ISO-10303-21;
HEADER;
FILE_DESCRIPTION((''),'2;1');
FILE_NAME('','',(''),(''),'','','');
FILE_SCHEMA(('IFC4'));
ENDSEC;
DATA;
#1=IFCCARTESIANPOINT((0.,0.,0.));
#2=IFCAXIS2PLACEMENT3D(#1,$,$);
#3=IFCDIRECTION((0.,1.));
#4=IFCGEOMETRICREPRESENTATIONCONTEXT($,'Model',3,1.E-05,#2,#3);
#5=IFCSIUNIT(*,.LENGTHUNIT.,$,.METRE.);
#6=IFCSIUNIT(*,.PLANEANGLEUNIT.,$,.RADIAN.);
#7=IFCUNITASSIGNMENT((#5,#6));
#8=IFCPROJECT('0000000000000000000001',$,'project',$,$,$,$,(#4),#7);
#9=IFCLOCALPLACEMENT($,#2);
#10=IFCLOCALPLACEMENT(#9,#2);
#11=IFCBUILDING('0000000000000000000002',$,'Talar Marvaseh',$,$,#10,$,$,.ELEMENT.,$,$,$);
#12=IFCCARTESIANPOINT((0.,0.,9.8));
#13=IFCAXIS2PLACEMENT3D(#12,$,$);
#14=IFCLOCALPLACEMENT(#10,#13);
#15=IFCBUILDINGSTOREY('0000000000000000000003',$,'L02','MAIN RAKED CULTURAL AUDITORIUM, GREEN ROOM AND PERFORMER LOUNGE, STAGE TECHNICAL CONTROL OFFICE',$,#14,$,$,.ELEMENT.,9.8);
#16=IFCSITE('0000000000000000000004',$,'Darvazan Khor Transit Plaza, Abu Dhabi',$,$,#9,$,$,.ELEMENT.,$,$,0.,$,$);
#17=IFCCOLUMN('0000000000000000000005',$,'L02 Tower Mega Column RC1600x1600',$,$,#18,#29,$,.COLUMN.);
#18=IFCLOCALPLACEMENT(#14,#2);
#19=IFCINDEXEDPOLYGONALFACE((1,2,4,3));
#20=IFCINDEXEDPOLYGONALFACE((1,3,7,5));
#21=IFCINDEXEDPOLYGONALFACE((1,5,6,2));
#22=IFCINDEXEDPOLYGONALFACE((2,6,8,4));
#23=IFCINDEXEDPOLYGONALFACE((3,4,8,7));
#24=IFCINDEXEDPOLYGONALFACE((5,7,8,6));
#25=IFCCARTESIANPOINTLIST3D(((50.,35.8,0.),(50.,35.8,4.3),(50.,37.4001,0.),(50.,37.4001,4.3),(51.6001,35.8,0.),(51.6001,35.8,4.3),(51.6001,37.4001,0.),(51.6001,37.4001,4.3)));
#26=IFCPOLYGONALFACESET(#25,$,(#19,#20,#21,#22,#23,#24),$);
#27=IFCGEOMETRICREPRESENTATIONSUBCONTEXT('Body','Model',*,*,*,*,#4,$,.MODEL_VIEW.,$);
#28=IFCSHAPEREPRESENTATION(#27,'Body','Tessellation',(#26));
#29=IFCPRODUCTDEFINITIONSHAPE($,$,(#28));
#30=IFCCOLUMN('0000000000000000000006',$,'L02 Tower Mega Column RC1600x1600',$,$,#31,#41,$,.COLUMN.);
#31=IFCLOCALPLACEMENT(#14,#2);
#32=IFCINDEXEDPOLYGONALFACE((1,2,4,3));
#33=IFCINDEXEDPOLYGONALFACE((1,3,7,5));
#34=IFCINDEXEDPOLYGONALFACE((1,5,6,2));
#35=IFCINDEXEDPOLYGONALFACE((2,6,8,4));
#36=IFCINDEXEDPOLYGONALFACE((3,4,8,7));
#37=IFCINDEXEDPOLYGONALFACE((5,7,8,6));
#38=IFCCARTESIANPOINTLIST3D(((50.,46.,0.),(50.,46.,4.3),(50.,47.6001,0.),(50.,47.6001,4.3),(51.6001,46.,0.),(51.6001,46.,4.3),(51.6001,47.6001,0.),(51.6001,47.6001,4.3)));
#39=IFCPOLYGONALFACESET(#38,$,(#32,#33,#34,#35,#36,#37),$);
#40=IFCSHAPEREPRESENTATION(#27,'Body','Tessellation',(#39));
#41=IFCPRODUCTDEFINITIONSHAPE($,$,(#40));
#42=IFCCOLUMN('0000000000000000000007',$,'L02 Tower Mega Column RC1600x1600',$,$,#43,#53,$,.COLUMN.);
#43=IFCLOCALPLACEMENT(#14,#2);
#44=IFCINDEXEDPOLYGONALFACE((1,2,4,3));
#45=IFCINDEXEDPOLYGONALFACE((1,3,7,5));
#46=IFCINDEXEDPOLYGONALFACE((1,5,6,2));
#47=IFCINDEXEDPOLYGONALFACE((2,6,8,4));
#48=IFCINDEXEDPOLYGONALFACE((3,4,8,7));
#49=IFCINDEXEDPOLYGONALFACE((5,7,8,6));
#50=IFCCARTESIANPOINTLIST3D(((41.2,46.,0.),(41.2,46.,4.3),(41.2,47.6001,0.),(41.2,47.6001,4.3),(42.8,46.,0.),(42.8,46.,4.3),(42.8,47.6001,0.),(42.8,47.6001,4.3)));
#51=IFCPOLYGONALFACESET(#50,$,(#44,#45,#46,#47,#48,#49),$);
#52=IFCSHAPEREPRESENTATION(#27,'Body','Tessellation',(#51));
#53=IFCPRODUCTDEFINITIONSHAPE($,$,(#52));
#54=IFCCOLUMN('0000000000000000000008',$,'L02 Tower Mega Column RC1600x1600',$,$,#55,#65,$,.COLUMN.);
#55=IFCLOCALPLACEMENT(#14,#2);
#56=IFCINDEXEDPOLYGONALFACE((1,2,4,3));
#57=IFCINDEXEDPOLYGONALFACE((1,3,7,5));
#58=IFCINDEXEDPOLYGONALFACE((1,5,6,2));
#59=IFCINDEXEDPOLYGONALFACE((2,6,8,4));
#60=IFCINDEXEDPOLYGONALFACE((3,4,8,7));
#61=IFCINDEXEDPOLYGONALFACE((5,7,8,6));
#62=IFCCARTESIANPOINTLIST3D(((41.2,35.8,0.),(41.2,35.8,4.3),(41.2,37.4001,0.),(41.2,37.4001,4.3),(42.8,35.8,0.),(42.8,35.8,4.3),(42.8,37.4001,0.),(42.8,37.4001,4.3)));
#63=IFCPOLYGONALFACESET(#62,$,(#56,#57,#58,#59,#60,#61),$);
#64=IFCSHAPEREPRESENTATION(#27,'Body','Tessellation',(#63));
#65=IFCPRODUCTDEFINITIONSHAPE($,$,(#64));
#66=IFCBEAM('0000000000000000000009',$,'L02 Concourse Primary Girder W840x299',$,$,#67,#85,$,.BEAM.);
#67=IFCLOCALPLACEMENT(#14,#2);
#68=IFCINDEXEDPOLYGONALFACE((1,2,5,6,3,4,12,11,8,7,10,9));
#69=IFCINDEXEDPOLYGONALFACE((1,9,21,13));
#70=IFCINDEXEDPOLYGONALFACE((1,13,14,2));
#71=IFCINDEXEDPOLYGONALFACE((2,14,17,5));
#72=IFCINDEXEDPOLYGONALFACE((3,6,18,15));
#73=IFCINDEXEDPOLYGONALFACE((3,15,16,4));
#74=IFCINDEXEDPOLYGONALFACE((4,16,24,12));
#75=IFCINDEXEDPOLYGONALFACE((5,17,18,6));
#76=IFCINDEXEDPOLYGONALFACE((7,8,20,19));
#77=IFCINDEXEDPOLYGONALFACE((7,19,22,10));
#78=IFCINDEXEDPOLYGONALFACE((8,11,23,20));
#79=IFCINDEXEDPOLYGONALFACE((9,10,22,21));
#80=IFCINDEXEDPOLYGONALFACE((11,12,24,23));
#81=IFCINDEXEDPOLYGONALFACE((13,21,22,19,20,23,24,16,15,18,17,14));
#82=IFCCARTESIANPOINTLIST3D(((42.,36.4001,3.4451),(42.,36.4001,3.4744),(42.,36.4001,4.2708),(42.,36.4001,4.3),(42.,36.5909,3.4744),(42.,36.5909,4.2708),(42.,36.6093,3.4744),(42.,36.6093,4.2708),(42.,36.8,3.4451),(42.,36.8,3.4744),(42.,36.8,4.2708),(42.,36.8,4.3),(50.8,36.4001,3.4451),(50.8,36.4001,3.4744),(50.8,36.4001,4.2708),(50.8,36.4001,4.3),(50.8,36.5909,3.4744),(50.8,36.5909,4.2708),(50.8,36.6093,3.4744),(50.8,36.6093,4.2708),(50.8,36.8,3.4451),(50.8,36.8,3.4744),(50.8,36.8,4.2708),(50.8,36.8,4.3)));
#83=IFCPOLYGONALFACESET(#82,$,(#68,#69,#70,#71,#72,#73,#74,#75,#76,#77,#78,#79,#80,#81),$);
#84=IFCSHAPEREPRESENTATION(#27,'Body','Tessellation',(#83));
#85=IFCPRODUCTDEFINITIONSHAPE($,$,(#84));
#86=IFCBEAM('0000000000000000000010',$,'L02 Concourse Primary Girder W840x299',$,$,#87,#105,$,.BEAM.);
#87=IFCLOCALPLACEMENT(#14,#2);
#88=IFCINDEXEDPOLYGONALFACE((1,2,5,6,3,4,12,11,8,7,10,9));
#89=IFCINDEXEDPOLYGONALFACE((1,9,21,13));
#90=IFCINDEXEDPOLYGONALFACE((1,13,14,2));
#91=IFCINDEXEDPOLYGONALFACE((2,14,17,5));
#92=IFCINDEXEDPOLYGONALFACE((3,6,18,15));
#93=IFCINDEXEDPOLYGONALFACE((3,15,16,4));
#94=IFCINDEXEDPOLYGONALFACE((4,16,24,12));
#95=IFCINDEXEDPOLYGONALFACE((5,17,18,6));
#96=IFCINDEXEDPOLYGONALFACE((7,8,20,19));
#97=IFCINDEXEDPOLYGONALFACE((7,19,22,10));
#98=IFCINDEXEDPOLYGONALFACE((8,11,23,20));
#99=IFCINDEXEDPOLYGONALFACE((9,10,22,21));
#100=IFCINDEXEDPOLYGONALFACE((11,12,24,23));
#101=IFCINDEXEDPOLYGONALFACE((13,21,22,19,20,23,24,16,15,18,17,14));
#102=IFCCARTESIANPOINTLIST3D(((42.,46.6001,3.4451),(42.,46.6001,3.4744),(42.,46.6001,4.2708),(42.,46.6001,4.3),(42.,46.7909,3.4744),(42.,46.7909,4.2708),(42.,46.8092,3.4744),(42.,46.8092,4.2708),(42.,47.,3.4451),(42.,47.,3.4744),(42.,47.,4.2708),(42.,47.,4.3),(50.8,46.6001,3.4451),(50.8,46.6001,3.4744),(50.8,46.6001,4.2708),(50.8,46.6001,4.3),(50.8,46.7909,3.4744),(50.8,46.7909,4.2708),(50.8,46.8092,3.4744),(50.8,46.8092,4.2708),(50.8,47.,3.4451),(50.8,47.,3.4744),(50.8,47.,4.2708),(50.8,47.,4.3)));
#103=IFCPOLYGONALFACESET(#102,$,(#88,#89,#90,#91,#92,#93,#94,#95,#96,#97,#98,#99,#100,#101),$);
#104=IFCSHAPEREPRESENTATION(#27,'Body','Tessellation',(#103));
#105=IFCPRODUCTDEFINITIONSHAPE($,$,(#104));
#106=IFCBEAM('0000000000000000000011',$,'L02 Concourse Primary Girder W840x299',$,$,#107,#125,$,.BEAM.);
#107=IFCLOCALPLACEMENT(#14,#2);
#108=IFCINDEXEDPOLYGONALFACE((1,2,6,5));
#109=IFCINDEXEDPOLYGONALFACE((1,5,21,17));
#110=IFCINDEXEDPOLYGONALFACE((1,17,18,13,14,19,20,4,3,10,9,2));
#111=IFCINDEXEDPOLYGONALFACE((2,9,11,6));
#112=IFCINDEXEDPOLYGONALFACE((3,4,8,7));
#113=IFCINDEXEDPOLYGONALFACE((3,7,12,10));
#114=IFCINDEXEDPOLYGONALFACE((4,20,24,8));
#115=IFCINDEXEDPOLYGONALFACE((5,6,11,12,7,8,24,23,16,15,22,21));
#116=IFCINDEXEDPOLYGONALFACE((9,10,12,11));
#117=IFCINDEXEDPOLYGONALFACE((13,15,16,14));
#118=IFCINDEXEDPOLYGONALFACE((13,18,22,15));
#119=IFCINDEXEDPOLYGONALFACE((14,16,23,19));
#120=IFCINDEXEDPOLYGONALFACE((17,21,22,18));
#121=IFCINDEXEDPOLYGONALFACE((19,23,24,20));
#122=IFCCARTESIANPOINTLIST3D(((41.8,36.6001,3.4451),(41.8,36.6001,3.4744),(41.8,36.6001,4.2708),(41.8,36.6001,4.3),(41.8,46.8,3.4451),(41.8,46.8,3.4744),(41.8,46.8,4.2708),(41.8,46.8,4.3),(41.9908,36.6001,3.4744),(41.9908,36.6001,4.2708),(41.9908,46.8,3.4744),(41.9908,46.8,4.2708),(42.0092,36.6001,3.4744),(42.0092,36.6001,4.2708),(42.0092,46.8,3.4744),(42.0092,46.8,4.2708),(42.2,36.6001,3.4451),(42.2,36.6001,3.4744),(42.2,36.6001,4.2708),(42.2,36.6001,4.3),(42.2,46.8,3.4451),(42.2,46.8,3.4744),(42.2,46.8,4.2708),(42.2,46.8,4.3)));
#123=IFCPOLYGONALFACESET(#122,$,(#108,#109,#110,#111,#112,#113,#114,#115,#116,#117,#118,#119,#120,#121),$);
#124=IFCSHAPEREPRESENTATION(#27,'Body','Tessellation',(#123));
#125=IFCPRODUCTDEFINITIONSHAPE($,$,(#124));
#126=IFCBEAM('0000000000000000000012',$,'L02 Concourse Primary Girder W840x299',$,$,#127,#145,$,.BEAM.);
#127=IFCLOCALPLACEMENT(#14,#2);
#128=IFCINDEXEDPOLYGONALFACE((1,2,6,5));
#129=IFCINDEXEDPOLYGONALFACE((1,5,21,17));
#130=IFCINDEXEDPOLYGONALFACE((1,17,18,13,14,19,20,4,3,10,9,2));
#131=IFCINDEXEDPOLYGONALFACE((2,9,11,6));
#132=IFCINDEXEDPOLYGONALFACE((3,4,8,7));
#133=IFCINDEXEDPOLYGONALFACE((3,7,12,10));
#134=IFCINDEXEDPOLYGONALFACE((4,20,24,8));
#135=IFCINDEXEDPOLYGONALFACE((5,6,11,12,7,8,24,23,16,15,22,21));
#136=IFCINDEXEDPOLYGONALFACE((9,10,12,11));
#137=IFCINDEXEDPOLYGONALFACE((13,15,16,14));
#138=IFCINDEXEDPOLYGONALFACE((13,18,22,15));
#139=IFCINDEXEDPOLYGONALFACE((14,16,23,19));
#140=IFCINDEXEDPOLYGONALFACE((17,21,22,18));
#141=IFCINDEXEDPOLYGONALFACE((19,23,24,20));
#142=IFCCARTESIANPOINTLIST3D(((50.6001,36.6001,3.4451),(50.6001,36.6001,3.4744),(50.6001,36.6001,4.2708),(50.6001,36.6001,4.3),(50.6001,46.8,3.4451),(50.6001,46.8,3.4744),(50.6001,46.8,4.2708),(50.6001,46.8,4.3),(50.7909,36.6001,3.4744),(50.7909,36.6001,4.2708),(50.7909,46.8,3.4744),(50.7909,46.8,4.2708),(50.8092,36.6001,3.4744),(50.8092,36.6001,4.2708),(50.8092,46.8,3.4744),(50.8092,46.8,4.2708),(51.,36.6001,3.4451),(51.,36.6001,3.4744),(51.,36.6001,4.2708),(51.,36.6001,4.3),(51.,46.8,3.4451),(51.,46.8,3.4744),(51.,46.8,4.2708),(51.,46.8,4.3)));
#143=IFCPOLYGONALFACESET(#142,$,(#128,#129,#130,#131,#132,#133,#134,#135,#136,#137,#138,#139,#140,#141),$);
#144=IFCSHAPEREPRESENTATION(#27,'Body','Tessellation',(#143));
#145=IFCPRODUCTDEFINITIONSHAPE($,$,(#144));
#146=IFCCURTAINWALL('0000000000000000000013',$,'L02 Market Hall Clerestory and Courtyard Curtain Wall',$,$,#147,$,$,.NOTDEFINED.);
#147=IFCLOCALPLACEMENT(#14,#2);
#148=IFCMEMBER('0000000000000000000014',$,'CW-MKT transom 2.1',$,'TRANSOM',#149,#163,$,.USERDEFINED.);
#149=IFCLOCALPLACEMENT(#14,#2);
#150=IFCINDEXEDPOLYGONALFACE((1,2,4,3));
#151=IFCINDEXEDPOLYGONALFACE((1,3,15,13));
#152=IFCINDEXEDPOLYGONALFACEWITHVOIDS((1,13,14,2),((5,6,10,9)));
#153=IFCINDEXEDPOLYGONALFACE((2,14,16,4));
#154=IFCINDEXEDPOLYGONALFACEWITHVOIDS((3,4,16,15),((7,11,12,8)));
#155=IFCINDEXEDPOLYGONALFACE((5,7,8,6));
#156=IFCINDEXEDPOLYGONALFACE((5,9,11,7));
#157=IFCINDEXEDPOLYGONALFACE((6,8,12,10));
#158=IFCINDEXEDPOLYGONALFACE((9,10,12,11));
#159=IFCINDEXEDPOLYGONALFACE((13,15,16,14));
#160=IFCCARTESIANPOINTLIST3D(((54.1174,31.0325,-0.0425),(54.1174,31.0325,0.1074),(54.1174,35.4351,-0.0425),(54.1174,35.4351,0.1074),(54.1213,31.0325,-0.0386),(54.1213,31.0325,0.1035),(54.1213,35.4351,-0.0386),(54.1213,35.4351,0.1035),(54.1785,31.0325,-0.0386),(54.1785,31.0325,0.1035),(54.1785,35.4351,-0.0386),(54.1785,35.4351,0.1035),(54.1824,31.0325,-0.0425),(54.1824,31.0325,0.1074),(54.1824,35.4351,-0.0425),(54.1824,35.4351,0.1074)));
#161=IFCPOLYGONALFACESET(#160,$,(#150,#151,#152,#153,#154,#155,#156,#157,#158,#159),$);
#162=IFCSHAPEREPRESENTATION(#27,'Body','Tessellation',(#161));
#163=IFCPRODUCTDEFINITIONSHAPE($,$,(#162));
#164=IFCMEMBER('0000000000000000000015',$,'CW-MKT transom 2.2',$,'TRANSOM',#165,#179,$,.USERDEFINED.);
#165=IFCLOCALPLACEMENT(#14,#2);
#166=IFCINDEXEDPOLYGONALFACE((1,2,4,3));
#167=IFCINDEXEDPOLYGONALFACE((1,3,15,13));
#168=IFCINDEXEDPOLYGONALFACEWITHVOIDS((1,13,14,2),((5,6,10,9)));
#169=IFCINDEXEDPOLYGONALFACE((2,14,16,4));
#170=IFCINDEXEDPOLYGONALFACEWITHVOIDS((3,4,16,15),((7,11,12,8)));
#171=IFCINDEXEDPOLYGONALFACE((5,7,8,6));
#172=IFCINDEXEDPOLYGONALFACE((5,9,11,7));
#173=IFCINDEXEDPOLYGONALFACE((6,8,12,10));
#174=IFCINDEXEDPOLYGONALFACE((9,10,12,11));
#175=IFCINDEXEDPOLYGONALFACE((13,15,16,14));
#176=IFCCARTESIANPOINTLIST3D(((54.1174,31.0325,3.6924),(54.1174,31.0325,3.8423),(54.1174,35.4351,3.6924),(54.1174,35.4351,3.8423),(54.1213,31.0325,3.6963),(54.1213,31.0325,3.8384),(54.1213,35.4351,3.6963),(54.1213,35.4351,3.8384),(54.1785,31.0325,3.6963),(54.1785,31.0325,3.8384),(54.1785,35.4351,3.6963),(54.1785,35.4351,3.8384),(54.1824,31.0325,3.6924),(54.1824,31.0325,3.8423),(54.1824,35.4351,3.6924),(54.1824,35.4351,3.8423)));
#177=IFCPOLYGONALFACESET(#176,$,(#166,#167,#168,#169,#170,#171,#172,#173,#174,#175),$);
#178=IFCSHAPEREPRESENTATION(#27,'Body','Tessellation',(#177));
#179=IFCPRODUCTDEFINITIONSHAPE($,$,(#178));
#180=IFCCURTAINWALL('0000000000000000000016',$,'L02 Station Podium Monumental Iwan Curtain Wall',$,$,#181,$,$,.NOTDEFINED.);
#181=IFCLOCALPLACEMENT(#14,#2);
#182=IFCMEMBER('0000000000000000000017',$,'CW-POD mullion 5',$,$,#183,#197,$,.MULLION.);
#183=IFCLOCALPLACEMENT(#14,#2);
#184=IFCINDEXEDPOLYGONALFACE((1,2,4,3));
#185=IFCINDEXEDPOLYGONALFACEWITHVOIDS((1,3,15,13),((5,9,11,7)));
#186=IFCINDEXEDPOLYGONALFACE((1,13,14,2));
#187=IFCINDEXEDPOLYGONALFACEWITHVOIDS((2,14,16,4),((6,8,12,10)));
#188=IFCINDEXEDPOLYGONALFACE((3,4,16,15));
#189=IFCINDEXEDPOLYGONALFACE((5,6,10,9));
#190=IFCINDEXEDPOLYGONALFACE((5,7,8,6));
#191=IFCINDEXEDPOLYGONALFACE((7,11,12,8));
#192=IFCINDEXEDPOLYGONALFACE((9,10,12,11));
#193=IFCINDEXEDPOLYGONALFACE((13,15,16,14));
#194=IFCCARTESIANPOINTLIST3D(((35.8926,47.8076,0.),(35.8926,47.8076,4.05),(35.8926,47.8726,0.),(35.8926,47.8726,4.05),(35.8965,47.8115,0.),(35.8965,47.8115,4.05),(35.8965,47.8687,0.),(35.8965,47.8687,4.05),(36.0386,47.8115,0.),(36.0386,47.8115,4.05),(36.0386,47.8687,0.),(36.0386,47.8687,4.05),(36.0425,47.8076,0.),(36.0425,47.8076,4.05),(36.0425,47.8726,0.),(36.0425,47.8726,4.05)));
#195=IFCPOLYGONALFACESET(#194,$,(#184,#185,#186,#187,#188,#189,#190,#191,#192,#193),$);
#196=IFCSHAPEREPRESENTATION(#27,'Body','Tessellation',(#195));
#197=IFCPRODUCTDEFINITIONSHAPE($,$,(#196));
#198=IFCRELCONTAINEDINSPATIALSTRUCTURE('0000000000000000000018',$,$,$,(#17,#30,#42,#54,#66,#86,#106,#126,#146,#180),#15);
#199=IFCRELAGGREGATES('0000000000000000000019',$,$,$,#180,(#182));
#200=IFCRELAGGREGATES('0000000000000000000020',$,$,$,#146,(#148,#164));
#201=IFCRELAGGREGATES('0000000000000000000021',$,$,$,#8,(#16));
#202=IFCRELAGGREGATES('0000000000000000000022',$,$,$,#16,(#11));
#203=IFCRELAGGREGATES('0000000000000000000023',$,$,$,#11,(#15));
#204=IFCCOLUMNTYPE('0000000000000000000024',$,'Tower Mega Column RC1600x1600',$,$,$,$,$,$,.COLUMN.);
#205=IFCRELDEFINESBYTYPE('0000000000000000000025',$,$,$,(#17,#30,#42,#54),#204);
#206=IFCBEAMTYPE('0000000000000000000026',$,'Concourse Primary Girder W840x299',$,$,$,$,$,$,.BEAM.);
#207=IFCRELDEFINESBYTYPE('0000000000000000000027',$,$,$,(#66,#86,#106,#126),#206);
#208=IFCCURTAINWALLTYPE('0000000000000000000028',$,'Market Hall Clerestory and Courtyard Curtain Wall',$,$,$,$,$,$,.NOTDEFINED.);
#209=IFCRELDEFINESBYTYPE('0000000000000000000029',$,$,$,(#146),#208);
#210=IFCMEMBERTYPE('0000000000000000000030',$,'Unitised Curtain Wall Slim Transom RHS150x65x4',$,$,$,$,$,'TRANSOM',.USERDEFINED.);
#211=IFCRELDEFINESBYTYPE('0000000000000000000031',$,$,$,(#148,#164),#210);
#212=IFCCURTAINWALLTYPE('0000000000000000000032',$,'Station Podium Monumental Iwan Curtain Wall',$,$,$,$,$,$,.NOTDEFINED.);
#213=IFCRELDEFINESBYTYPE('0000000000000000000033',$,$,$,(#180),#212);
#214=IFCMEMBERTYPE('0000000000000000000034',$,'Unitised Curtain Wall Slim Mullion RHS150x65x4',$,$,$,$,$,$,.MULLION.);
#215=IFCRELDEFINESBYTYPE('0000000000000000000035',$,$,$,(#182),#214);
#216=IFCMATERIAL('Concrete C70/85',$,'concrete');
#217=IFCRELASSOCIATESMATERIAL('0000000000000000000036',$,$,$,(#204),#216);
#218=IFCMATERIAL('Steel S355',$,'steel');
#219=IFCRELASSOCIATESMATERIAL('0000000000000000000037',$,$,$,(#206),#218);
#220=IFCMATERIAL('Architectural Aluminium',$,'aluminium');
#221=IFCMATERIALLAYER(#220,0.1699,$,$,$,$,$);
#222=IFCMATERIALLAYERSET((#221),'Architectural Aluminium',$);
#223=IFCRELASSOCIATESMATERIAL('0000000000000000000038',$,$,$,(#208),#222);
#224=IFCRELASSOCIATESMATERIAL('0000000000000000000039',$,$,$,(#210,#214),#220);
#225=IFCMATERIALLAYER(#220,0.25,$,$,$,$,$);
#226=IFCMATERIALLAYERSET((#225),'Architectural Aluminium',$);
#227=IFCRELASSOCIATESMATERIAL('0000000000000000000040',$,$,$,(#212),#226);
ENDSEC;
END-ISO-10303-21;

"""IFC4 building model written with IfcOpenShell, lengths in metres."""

from ifc_helpers import new_model, si_unit, direction, frame, origin, origin_2d, place, context, subcontext, project, spatial, rectangle, hollow_rectangle, i_section, extrude, source, transform, mapped, material, layer, layer_set, material_profile, profile_set, type_object, type_shapes, element, aggregate, save


model = new_model("IFC4")

# Units and contexts
model_context = context("Model", 3, precision=1e-05, world=origin(), true_north=direction((0.0, 1.0)))
body_context = subcontext(model_context, "Body", "Model", "MODEL_VIEW")
ifc_project = project(units=[si_unit("LENGTHUNIT", "METRE"), si_unit("PLANEANGLEUNIT", "RADIAN")], contexts=[model_context])

# Site, building, storey
site_placement = place(None, origin())
site = spatial("IfcSite", under=ifc_project, at=site_placement, Name="Darvazan Khor Transit Plaza, Abu Dhabi", CompositionType="ELEMENT", RefElevation=0.0)
building_placement = place(site_placement, origin())
building = spatial("IfcBuilding", under=site, at=building_placement, Name="Talar Marvaseh", CompositionType="ELEMENT")
storey_placement = place(building_placement, frame((0.0, 0.0, 9.8)))
storey = spatial("IfcBuildingStorey", under=building, at=storey_placement, Name="L02", Description="MAIN RAKED CULTURAL AUDITORIUM, GREEN ROOM AND PERFORMER LOUNGE, STAGE TECHNICAL CONTROL OFFICE", CompositionType="ELEMENT", Elevation=9.8)

# Columns
ifc_material_1 = material(Name="Concrete C70/85", Category="concrete")
ifc_material_profile_1 = material_profile(ifc_material_1, rectangle(XDim=1.6001, YDim=1.6001, at=origin_2d()), Name="RC1600x1600")
ifc_profile_set_1 = profile_set([ifc_material_profile_1], Name="Concrete C70/85")
column_type = type_object("IfcColumnType", Name="Tower Mega Column RC1600x1600", PredefinedType="COLUMN", material=ifc_profile_set_1)
for number, where, z_axis, x_axis, name in (
    (1, (50.8, 36.6001, 0.0), (0.0, 0.0, 1.0), (1.0, 0.0, 0.0), "L02 Tower Mega Column RC1600x1600"),
    (2, (50.8, 46.8, 0.0), (0.0, 0.0, 1.0), (1.0, 0.0, 0.0), "L02 Tower Mega Column RC1600x1600"),
    (3, (42.0, 46.8, 0.0), (0.0, 0.0, 1.0), (1.0, 0.0, 0.0), "L02 Tower Mega Column RC1600x1600"),
    (4, (42.0, 36.6001, 0.0), (0.0, 0.0, 1.0), (1.0, 0.0, 0.0), "L02 Tower Mega Column RC1600x1600"),
):
    element("IfcColumn", number, at=place(storey_placement, frame(where, z_axis=z_axis, x_axis=x_axis)), inside=storey, type_object=column_type, Name=name, PredefinedType="COLUMN", context=body_context, shape_type="SweptSolid", body=[
        extrude(rectangle(XDim=1.6001, YDim=1.6001, at=origin_2d()), origin(), (0.0, 0.0, 1.0), 4.3),
    ])

# Beams
ifc_material_2 = material(Name="Steel S355", Category="steel")
ifc_material_profile_2 = material_profile(ifc_material_2, i_section(OverallWidth=0.3999, OverallDepth=0.855, WebThickness=0.0183, FlangeThickness=0.0293, at=origin_2d()), Name="W840x299")
ifc_profile_set_2 = profile_set([ifc_material_profile_2], Name="Steel S355")
beam_type = type_object("IfcBeamType", Name="Concourse Primary Girder W840x299", PredefinedType="BEAM", material=ifc_profile_set_2)
for number, where, z_axis, x_axis, name in (
    (5, (42.0, 36.6001, 3.8726), (1.0, 0.0, 0.0), (0.0, 1.0, 0.0), "L02 Concourse Primary Girder W840x299"),
    (6, (42.0, 46.8, 3.8726), (1.0, 0.0, 0.0), (0.0, 1.0, 0.0), "L02 Concourse Primary Girder W840x299"),
):
    element("IfcBeam", number, at=place(storey_placement, frame(where, z_axis=z_axis, x_axis=x_axis)), inside=storey, type_object=beam_type, Name=name, PredefinedType="BEAM", context=body_context, shape_type="SweptSolid", body=[
        extrude(i_section(OverallWidth=0.3999, OverallDepth=0.855, WebThickness=0.0183, FlangeThickness=0.0293, at=origin_2d()), origin(), (0.0, 0.0, 1.0), 8.8),
    ])
for number, where, z_axis, x_axis, name in (
    (7, (42.0, 36.6001, 3.8726), (0.0, 1.0, 0.0), (-1.0, 0.0, 0.0), "L02 Concourse Primary Girder W840x299"),
    (8, (50.8, 36.6001, 3.8726), (0.0, 1.0, 0.0), (-1.0, 0.0, 0.0), "L02 Concourse Primary Girder W840x299"),
):
    element("IfcBeam", number, at=place(storey_placement, frame(where, z_axis=z_axis, x_axis=x_axis)), inside=storey, type_object=beam_type, Name=name, PredefinedType="BEAM", context=body_context, shape_type="SweptSolid", body=[
        extrude(i_section(OverallWidth=0.3999, OverallDepth=0.855, WebThickness=0.0183, FlangeThickness=0.0293, at=origin_2d()), origin(), (0.0, 0.0, 1.0), 10.2),
    ])

# Curtain wall, members
ifc_material_3 = material(Name="Architectural Aluminium", Category="aluminium")
ifc_layer_1 = layer(ifc_material_3, 0.1699)
ifc_layer_set_1 = layer_set([ifc_layer_1], Name="Architectural Aluminium")
curtain_wall_type_1 = type_object("IfcCurtainWallType", Name="Market Hall Clerestory and Courtyard Curtain Wall", PredefinedType="NOTDEFINED", material=ifc_layer_set_1)
curtain_wall_1_placement = place(storey_placement, origin())
curtain_wall_1 = element("IfcCurtainWall", 9, at=curtain_wall_1_placement, inside=storey, type_object=curtain_wall_type_1, Name="L02 Market Hall Clerestory and Courtyard Curtain Wall", PredefinedType="NOTDEFINED")
ifc_material_profile_3 = material_profile(ifc_material_3, hollow_rectangle(XDim=0.0649, YDim=0.1499, WallThickness=0.0039, at=origin_2d()), Name="RHS150x65x4")
ifc_profile_set_3 = profile_set([ifc_material_profile_3], Name="Architectural Aluminium")
member_type_1 = type_object("IfcMemberType", Name="Unitised Curtain Wall Slim Transom RHS150x65x4", ElementType="TRANSOM", PredefinedType="USERDEFINED", material=ifc_profile_set_3)
shared_shape_1 = source(origin(), body_context, "Body", "SweptSolid", [
    extrude(hollow_rectangle(XDim=0.0649, YDim=0.1499, WallThickness=0.0039, at=origin_2d()), origin(), (0.0, 0.0, 1.0), 4.4026),
])
type_shapes(member_type_1, [shared_shape_1])
member_1_placement = place(storey_placement, frame((54.1499, 31.0325, 0.0325), z_axis=(0.0, 1.0, 0.0), x_axis=(-1.0, 0.0, 0.0)))
member_1 = element("IfcMember", 10, at=member_1_placement, type_object=member_type_1, Name="CW-MKT transom 2.1", ObjectType="TRANSOM", PredefinedType="USERDEFINED", context=body_context, shape_type="MappedRepresentation", body=[
    mapped(shared_shape_1, transform((0.0, 0.0, 0.0), x_axis=(1.0, 0.0, 0.0), y_axis=(0.0, 1.0, 0.0), z_axis=(0.0, 0.0, 1.0), scale=1.0)),
])
member_2_placement = place(storey_placement, frame((54.1499, 31.0325, 3.7673), z_axis=(0.0, 1.0, 0.0), x_axis=(-1.0, 0.0, 0.0)))
member_2 = element("IfcMember", 11, at=member_2_placement, type_object=member_type_1, Name="CW-MKT transom 2.2", ObjectType="TRANSOM", PredefinedType="USERDEFINED", context=body_context, shape_type="MappedRepresentation", body=[
    mapped(shared_shape_1, transform((0.0, 0.0, 0.0), x_axis=(1.0, 0.0, 0.0), y_axis=(0.0, 1.0, 0.0), z_axis=(0.0, 0.0, 1.0), scale=1.0)),
])

# Curtain wall, member
ifc_layer_2 = layer(ifc_material_3, 0.25)
ifc_layer_set_2 = layer_set([ifc_layer_2], Name="Architectural Aluminium")
curtain_wall_type_2 = type_object("IfcCurtainWallType", Name="Station Podium Monumental Iwan Curtain Wall", PredefinedType="NOTDEFINED", material=ifc_layer_set_2)
curtain_wall_2_placement = place(storey_placement, origin())
curtain_wall_2 = element("IfcCurtainWall", 12, at=curtain_wall_2_placement, inside=storey, type_object=curtain_wall_type_2, Name="L02 Station Podium Monumental Iwan Curtain Wall", PredefinedType="NOTDEFINED")
ifc_material_profile_4 = material_profile(ifc_material_3, hollow_rectangle(XDim=0.0649, YDim=0.1499, WallThickness=0.0039, at=origin_2d()), Name="RHS150x65x4")
ifc_profile_set_4 = profile_set([ifc_material_profile_4], Name="Architectural Aluminium")
member_type_2 = type_object("IfcMemberType", Name="Unitised Curtain Wall Slim Mullion RHS150x65x4", PredefinedType="MULLION", material=ifc_profile_set_4)
shared_shape_2 = source(origin(), body_context, "Body", "SweptSolid", [
    extrude(hollow_rectangle(XDim=0.0649, YDim=0.1499, WallThickness=0.0039, at=origin_2d()), origin(), (0.0, 0.0, 1.0), 4.05),
])
member_3_placement = place(storey_placement, frame((35.9675, 47.8401, 0.0), z_axis=(0.0, 0.0, 1.0), x_axis=(0.0, 1.0, 0.0)))
member_3 = element("IfcMember", 13, at=member_3_placement, type_object=member_type_2, Name="CW-POD mullion 5", PredefinedType="MULLION", context=body_context, shape_type="MappedRepresentation", body=[
    mapped(shared_shape_2, transform((0.0, 0.0, 0.0), x_axis=(1.0, 0.0, 0.0), y_axis=(0.0, 1.0, 0.0), z_axis=(0.0, 0.0, 1.0), scale=1.0)),
])
aggregate(curtain_wall_2, [member_3])

aggregate(curtain_wall_1, [member_1, member_2])

save(model, "model.ifc")
